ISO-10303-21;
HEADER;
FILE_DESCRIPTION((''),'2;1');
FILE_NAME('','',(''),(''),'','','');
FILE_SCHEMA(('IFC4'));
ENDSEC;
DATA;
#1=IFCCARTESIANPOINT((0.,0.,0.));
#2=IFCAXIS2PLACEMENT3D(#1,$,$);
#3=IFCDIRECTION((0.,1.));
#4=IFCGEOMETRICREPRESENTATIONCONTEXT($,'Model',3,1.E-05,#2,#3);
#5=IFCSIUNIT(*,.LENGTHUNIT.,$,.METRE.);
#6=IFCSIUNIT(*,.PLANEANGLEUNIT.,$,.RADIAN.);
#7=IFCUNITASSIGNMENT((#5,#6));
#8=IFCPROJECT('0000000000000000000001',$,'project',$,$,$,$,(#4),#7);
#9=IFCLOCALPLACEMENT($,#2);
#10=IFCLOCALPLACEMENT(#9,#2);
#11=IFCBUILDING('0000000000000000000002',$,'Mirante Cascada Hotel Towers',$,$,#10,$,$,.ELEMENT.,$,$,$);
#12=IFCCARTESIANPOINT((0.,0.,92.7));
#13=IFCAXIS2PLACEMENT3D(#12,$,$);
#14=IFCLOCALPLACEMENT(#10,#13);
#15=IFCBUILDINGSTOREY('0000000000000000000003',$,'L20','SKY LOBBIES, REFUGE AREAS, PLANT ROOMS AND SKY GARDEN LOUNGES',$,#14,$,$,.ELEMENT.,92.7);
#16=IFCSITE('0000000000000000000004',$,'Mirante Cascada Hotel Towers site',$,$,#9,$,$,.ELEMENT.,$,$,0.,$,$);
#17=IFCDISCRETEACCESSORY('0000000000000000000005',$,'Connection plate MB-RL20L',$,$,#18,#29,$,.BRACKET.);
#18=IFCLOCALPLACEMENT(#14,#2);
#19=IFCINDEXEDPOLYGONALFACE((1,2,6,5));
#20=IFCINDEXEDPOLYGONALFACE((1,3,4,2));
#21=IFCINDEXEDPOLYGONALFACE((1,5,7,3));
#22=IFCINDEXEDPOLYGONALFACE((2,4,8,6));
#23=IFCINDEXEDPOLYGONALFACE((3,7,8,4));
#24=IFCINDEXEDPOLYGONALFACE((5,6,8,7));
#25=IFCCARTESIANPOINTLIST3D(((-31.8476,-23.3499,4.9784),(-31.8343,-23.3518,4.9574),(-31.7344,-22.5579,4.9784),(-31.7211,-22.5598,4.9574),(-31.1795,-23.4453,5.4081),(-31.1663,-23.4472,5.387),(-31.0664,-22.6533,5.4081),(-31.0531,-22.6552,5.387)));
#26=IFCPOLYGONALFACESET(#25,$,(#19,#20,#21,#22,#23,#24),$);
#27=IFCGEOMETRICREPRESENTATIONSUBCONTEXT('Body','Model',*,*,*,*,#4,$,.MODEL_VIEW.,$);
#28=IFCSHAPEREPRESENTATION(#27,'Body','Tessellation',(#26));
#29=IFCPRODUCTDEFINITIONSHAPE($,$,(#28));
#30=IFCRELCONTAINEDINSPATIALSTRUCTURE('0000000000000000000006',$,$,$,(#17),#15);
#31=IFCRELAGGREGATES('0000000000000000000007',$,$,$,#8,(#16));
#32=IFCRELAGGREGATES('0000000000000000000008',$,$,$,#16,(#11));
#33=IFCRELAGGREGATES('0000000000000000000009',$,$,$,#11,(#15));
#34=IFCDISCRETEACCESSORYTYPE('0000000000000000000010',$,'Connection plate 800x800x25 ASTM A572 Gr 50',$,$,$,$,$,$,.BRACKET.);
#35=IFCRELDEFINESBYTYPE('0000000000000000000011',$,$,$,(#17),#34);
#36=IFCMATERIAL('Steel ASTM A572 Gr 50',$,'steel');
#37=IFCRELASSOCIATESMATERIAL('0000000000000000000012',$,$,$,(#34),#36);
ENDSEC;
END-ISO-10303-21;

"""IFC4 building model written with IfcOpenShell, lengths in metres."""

from ifc_helpers import new_model, si_unit, direction, frame, origin, origin_2d, place, context, subcontext, project, spatial, rectangle, extrude, material, material_profile, profile_set, type_object, element, save


model = new_model("IFC4")

# Units and contexts
model_context = context("Model", 3, precision=1e-05, world=origin(), true_north=direction((0.0, 1.0)))
body_context = subcontext(model_context, "Body", "Model", "MODEL_VIEW")
ifc_project = project(units=[si_unit("LENGTHUNIT", "METRE"), si_unit("PLANEANGLEUNIT", "RADIAN")], contexts=[model_context])

# Site, building, storey
site_placement = place(None, origin())
site = spatial("IfcSite", under=ifc_project, at=site_placement, Name="Mirante Cascada Hotel Towers site", CompositionType="ELEMENT", RefElevation=0.0)
building_placement = place(site_placement, origin())
building = spatial("IfcBuilding", under=site, at=building_placement, Name="Mirante Cascada Hotel Towers", CompositionType="ELEMENT")
storey_placement = place(building_placement, frame((0.0, 0.0, 92.7)))
storey = spatial("IfcBuildingStorey", under=building, at=storey_placement, Name="L20", Description="SKY LOBBIES, REFUGE AREAS, PLANT ROOMS AND SKY GARDEN LOUNGES", CompositionType="ELEMENT", Elevation=92.7)

# Discrete accessory
ifc_material_1 = material(Name="Steel ASTM A572 Gr 50", Category="steel")
ifc_material_profile_1 = material_profile(ifc_material_1, rectangle(XDim=0.8, YDim=0.8, at=origin_2d()), Name="Connection plate 800x800x25 ASTM A572 Gr 50")
ifc_profile_set_1 = profile_set([ifc_material_profile_1], Name="Steel ASTM A572 Gr 50")
discrete_accessory_type_1 = type_object("IfcDiscreteAccessoryType", Name="Connection plate 800x800x25 ASTM A572 Gr 50", PredefinedType="BRACKET", material=ifc_profile_set_1)
discrete_accessory_1_placement = place(storey_placement, frame((-31.4437, -23.0035, 5.1722), z_axis=(-0.531698, 0.075957, 0.843521), x_axis=(-0.141421, -0.98995, 0.0)))
element("IfcDiscreteAccessory", 1, at=discrete_accessory_1_placement, inside=storey, type_object=discrete_accessory_type_1, Name="Connection plate MB-RL20L", PredefinedType="BRACKET", context=body_context, shape_type="SweptSolid", body=[
    extrude(rectangle(XDim=0.8, YDim=0.8, at=origin_2d()), origin(), (0.0, 0.0, 1.0), 0.025),
])

save(model, "model.ifc")
